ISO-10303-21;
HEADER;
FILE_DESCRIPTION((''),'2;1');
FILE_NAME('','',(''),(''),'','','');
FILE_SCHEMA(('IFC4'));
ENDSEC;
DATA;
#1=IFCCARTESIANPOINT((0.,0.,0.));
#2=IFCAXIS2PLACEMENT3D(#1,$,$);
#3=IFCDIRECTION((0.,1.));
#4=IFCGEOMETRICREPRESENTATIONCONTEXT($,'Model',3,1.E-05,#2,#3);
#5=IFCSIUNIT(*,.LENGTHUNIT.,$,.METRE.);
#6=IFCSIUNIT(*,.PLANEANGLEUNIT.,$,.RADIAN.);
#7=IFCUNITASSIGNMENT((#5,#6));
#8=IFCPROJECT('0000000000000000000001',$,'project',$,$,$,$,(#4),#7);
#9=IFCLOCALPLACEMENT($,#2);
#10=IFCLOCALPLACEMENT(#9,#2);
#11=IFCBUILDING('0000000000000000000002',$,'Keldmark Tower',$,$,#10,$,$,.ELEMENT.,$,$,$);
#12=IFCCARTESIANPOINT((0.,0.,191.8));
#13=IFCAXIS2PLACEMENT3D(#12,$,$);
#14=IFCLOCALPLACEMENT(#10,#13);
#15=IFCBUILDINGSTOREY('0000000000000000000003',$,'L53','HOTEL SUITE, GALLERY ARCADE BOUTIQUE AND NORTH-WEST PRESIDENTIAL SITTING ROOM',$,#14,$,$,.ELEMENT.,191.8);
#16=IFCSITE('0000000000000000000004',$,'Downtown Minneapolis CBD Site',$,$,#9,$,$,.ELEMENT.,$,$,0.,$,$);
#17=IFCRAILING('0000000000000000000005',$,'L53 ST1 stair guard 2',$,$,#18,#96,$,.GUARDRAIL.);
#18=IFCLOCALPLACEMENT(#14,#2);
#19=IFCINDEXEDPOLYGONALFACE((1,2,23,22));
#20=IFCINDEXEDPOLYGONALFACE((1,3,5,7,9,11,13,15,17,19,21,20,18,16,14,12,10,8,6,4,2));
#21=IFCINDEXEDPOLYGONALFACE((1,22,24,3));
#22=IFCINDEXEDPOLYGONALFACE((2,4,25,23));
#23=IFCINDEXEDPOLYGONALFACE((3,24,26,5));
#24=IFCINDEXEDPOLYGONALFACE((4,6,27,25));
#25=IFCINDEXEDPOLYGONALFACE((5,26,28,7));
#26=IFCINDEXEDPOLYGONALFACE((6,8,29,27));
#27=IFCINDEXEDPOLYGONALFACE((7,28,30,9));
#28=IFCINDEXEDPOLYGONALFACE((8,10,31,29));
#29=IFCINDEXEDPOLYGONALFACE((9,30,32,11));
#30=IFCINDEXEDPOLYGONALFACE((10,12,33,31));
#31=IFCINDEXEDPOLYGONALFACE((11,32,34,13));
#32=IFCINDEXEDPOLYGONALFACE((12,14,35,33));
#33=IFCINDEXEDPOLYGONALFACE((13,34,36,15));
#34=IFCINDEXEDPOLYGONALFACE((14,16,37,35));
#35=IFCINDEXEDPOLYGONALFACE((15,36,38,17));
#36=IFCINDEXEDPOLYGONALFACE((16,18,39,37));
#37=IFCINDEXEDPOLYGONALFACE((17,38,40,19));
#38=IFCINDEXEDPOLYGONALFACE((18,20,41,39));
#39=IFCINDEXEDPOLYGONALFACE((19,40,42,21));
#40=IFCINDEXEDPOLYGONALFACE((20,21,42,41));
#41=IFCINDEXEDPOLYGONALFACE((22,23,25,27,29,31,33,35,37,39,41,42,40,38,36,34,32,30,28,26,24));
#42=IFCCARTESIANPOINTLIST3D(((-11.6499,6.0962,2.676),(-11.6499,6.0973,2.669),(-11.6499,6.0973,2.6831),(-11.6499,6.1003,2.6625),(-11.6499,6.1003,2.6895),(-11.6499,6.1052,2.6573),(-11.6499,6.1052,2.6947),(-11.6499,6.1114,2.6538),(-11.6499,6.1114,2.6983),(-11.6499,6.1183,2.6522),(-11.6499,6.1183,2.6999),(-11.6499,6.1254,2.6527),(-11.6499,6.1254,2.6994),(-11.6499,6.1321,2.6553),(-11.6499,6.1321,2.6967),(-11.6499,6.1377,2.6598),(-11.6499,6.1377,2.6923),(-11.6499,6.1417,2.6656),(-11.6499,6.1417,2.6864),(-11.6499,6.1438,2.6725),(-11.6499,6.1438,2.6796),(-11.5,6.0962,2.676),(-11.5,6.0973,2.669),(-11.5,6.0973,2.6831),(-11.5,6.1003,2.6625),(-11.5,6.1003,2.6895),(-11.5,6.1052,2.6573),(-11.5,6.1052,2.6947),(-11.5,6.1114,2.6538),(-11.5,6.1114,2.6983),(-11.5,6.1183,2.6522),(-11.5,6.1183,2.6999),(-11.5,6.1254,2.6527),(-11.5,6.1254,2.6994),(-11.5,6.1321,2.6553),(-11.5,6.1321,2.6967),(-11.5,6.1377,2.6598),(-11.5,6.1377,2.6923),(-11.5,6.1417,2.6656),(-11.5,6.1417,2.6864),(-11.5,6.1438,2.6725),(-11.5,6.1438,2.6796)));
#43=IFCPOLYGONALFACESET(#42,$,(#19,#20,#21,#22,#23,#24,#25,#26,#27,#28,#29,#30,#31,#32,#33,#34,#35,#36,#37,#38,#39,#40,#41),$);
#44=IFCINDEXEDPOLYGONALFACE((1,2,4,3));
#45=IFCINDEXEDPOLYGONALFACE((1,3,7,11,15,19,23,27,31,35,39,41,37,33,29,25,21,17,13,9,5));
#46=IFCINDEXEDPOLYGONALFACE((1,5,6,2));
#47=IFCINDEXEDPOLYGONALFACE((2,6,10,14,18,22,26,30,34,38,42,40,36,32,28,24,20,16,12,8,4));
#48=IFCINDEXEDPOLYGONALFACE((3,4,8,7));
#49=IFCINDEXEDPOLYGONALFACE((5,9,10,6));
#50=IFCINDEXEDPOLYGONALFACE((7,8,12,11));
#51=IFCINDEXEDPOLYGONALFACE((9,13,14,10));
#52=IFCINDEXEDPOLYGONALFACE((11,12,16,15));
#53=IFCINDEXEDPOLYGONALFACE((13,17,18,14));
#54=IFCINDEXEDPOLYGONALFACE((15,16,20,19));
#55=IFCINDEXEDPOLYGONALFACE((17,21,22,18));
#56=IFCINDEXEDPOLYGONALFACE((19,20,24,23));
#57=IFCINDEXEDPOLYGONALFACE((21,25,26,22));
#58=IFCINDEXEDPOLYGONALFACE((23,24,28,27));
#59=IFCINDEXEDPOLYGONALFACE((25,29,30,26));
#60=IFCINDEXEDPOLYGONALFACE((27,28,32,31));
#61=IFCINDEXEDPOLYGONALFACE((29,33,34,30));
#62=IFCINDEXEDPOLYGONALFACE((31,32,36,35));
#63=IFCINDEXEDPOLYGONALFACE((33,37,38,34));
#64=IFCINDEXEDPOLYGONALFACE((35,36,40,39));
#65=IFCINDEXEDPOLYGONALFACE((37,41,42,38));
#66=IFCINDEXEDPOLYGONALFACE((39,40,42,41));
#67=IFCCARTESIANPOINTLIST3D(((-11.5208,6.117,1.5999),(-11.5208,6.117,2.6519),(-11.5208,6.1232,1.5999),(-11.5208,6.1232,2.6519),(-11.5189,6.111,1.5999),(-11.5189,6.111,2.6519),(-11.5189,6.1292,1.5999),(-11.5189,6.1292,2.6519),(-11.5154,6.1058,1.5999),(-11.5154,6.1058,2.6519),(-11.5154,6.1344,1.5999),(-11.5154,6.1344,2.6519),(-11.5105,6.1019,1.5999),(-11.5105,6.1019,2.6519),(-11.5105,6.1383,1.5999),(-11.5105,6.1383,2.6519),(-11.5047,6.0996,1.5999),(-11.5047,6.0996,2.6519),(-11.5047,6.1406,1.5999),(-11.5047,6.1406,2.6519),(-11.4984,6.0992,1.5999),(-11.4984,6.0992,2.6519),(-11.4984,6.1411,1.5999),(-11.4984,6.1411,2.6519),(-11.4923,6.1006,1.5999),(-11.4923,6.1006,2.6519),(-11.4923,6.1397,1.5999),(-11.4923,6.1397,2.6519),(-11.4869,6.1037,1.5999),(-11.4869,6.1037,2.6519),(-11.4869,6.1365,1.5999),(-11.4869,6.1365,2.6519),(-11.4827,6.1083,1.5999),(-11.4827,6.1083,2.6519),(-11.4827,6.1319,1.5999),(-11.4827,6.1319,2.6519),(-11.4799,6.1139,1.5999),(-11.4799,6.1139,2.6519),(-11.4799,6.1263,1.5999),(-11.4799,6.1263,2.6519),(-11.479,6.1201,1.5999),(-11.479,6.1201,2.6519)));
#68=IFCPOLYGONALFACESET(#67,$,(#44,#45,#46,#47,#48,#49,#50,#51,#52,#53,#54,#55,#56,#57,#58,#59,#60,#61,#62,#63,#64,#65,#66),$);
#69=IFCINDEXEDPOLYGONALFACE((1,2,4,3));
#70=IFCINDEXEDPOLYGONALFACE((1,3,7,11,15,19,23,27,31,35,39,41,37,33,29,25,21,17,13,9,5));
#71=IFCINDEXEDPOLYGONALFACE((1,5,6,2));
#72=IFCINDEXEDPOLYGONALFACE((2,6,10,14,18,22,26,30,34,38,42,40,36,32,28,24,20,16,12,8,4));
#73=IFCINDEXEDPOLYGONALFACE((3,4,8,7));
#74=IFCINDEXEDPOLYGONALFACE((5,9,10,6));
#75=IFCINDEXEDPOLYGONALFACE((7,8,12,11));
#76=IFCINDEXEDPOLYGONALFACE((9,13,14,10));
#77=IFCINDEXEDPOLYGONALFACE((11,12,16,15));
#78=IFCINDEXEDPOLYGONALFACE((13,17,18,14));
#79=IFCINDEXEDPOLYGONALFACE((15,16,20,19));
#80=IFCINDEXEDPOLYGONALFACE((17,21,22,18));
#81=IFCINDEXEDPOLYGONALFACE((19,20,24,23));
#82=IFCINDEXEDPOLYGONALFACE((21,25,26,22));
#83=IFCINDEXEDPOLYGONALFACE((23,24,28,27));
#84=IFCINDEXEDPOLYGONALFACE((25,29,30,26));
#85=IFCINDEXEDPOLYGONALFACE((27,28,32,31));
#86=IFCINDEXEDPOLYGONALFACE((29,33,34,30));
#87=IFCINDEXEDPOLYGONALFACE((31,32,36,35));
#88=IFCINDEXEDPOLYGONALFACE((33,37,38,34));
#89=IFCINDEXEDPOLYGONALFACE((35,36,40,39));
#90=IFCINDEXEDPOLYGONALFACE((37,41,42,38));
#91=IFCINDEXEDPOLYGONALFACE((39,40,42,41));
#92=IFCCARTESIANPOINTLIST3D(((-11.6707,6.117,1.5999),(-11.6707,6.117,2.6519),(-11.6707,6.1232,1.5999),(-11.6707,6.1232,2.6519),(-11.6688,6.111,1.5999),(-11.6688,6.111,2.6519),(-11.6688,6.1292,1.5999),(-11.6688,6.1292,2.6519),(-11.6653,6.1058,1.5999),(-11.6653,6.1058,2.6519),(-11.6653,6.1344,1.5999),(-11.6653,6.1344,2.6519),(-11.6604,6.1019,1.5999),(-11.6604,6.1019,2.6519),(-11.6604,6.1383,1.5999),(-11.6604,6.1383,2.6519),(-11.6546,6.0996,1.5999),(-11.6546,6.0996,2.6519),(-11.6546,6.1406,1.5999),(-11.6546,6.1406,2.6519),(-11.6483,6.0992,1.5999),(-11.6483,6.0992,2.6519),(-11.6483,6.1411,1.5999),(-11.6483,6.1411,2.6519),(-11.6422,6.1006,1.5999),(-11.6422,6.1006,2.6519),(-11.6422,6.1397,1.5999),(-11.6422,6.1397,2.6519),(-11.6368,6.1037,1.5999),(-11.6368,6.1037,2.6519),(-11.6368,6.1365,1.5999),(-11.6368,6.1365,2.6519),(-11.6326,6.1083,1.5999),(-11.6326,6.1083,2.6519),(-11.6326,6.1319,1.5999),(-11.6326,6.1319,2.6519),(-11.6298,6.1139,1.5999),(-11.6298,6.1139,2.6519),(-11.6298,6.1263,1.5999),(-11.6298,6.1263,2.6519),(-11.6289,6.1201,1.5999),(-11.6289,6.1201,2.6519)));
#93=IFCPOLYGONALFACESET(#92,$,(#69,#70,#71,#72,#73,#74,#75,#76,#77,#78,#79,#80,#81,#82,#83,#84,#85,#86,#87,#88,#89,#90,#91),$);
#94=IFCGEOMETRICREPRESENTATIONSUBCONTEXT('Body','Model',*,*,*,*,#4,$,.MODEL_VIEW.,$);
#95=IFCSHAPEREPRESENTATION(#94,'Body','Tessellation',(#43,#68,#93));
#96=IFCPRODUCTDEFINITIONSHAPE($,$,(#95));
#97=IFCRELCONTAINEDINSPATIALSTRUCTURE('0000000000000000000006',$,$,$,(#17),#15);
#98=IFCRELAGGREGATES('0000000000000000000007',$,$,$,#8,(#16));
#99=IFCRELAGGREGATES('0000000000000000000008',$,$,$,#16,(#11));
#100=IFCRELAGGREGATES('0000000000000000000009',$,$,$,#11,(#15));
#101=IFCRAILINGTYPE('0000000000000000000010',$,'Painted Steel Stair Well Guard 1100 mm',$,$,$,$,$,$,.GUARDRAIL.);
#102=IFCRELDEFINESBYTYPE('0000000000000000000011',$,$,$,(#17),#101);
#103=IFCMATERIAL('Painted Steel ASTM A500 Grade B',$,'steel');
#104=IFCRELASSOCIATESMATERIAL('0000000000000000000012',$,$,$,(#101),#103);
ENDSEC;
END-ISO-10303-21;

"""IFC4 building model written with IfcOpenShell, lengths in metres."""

from ifc_helpers import new_model, si_unit, direction, frame, origin, origin_2d, place, context, subcontext, project, spatial, circle, extrude, material, type_object, element, save


model = new_model("IFC4")

# Units and contexts
model_context = context("Model", 3, precision=1e-05, world=origin(), true_north=direction((0.0, 1.0)))
body_context = subcontext(model_context, "Body", "Model", "MODEL_VIEW")
ifc_project = project(units=[si_unit("LENGTHUNIT", "METRE"), si_unit("PLANEANGLEUNIT", "RADIAN")], contexts=[model_context])

# Site, building, storey
site_placement = place(None, origin())
site = spatial("IfcSite", under=ifc_project, at=site_placement, Name="Downtown Minneapolis CBD Site", CompositionType="ELEMENT", RefElevation=0.0)
building_placement = place(site_placement, origin())
building = spatial("IfcBuilding", under=site, at=building_placement, Name="Keldmark Tower", CompositionType="ELEMENT")
storey_placement = place(building_placement, frame((0.0, 0.0, 191.8)))
storey = spatial("IfcBuildingStorey", under=building, at=storey_placement, Name="L53", Description="HOTEL SUITE, GALLERY ARCADE BOUTIQUE AND NORTH-WEST PRESIDENTIAL SITTING ROOM", CompositionType="ELEMENT", Elevation=191.8)

# Railing
ifc_material_1 = material(Name="Painted Steel ASTM A500 Grade B", Category="steel")
railing_type_1 = type_object("IfcRailingType", Name="Painted Steel Stair Well Guard 1100 mm", PredefinedType="GUARDRAIL", material=ifc_material_1)
railing_1_placement = place(storey_placement, frame((-11.5, 6.1201, 1.5999)))
element("IfcRailing", 1, at=railing_1_placement, inside=storey, type_object=railing_type_1, Name="L53 ST1 stair guard 2", PredefinedType="GUARDRAIL", context=body_context, shape_type="SweptSolid", body=[
    extrude(circle(Radius=0.0239, at=origin_2d()), frame((0.0, 0.0, 1.0762), z_axis=(-1.0, 0.0, 0.0), x_axis=(0.0, -1.0, 0.0)), (0.0, 0.0, 1.0), 0.1499),
    extrude(circle(Radius=0.021, at=origin_2d()), origin(), (0.0, 0.0, 1.0), 1.052),
    extrude(circle(Radius=0.021, at=origin_2d()), frame((-0.1499, 0.0, 0.0)), (0.0, 0.0, 1.0), 1.052),
])

save(model, "model.ifc")
